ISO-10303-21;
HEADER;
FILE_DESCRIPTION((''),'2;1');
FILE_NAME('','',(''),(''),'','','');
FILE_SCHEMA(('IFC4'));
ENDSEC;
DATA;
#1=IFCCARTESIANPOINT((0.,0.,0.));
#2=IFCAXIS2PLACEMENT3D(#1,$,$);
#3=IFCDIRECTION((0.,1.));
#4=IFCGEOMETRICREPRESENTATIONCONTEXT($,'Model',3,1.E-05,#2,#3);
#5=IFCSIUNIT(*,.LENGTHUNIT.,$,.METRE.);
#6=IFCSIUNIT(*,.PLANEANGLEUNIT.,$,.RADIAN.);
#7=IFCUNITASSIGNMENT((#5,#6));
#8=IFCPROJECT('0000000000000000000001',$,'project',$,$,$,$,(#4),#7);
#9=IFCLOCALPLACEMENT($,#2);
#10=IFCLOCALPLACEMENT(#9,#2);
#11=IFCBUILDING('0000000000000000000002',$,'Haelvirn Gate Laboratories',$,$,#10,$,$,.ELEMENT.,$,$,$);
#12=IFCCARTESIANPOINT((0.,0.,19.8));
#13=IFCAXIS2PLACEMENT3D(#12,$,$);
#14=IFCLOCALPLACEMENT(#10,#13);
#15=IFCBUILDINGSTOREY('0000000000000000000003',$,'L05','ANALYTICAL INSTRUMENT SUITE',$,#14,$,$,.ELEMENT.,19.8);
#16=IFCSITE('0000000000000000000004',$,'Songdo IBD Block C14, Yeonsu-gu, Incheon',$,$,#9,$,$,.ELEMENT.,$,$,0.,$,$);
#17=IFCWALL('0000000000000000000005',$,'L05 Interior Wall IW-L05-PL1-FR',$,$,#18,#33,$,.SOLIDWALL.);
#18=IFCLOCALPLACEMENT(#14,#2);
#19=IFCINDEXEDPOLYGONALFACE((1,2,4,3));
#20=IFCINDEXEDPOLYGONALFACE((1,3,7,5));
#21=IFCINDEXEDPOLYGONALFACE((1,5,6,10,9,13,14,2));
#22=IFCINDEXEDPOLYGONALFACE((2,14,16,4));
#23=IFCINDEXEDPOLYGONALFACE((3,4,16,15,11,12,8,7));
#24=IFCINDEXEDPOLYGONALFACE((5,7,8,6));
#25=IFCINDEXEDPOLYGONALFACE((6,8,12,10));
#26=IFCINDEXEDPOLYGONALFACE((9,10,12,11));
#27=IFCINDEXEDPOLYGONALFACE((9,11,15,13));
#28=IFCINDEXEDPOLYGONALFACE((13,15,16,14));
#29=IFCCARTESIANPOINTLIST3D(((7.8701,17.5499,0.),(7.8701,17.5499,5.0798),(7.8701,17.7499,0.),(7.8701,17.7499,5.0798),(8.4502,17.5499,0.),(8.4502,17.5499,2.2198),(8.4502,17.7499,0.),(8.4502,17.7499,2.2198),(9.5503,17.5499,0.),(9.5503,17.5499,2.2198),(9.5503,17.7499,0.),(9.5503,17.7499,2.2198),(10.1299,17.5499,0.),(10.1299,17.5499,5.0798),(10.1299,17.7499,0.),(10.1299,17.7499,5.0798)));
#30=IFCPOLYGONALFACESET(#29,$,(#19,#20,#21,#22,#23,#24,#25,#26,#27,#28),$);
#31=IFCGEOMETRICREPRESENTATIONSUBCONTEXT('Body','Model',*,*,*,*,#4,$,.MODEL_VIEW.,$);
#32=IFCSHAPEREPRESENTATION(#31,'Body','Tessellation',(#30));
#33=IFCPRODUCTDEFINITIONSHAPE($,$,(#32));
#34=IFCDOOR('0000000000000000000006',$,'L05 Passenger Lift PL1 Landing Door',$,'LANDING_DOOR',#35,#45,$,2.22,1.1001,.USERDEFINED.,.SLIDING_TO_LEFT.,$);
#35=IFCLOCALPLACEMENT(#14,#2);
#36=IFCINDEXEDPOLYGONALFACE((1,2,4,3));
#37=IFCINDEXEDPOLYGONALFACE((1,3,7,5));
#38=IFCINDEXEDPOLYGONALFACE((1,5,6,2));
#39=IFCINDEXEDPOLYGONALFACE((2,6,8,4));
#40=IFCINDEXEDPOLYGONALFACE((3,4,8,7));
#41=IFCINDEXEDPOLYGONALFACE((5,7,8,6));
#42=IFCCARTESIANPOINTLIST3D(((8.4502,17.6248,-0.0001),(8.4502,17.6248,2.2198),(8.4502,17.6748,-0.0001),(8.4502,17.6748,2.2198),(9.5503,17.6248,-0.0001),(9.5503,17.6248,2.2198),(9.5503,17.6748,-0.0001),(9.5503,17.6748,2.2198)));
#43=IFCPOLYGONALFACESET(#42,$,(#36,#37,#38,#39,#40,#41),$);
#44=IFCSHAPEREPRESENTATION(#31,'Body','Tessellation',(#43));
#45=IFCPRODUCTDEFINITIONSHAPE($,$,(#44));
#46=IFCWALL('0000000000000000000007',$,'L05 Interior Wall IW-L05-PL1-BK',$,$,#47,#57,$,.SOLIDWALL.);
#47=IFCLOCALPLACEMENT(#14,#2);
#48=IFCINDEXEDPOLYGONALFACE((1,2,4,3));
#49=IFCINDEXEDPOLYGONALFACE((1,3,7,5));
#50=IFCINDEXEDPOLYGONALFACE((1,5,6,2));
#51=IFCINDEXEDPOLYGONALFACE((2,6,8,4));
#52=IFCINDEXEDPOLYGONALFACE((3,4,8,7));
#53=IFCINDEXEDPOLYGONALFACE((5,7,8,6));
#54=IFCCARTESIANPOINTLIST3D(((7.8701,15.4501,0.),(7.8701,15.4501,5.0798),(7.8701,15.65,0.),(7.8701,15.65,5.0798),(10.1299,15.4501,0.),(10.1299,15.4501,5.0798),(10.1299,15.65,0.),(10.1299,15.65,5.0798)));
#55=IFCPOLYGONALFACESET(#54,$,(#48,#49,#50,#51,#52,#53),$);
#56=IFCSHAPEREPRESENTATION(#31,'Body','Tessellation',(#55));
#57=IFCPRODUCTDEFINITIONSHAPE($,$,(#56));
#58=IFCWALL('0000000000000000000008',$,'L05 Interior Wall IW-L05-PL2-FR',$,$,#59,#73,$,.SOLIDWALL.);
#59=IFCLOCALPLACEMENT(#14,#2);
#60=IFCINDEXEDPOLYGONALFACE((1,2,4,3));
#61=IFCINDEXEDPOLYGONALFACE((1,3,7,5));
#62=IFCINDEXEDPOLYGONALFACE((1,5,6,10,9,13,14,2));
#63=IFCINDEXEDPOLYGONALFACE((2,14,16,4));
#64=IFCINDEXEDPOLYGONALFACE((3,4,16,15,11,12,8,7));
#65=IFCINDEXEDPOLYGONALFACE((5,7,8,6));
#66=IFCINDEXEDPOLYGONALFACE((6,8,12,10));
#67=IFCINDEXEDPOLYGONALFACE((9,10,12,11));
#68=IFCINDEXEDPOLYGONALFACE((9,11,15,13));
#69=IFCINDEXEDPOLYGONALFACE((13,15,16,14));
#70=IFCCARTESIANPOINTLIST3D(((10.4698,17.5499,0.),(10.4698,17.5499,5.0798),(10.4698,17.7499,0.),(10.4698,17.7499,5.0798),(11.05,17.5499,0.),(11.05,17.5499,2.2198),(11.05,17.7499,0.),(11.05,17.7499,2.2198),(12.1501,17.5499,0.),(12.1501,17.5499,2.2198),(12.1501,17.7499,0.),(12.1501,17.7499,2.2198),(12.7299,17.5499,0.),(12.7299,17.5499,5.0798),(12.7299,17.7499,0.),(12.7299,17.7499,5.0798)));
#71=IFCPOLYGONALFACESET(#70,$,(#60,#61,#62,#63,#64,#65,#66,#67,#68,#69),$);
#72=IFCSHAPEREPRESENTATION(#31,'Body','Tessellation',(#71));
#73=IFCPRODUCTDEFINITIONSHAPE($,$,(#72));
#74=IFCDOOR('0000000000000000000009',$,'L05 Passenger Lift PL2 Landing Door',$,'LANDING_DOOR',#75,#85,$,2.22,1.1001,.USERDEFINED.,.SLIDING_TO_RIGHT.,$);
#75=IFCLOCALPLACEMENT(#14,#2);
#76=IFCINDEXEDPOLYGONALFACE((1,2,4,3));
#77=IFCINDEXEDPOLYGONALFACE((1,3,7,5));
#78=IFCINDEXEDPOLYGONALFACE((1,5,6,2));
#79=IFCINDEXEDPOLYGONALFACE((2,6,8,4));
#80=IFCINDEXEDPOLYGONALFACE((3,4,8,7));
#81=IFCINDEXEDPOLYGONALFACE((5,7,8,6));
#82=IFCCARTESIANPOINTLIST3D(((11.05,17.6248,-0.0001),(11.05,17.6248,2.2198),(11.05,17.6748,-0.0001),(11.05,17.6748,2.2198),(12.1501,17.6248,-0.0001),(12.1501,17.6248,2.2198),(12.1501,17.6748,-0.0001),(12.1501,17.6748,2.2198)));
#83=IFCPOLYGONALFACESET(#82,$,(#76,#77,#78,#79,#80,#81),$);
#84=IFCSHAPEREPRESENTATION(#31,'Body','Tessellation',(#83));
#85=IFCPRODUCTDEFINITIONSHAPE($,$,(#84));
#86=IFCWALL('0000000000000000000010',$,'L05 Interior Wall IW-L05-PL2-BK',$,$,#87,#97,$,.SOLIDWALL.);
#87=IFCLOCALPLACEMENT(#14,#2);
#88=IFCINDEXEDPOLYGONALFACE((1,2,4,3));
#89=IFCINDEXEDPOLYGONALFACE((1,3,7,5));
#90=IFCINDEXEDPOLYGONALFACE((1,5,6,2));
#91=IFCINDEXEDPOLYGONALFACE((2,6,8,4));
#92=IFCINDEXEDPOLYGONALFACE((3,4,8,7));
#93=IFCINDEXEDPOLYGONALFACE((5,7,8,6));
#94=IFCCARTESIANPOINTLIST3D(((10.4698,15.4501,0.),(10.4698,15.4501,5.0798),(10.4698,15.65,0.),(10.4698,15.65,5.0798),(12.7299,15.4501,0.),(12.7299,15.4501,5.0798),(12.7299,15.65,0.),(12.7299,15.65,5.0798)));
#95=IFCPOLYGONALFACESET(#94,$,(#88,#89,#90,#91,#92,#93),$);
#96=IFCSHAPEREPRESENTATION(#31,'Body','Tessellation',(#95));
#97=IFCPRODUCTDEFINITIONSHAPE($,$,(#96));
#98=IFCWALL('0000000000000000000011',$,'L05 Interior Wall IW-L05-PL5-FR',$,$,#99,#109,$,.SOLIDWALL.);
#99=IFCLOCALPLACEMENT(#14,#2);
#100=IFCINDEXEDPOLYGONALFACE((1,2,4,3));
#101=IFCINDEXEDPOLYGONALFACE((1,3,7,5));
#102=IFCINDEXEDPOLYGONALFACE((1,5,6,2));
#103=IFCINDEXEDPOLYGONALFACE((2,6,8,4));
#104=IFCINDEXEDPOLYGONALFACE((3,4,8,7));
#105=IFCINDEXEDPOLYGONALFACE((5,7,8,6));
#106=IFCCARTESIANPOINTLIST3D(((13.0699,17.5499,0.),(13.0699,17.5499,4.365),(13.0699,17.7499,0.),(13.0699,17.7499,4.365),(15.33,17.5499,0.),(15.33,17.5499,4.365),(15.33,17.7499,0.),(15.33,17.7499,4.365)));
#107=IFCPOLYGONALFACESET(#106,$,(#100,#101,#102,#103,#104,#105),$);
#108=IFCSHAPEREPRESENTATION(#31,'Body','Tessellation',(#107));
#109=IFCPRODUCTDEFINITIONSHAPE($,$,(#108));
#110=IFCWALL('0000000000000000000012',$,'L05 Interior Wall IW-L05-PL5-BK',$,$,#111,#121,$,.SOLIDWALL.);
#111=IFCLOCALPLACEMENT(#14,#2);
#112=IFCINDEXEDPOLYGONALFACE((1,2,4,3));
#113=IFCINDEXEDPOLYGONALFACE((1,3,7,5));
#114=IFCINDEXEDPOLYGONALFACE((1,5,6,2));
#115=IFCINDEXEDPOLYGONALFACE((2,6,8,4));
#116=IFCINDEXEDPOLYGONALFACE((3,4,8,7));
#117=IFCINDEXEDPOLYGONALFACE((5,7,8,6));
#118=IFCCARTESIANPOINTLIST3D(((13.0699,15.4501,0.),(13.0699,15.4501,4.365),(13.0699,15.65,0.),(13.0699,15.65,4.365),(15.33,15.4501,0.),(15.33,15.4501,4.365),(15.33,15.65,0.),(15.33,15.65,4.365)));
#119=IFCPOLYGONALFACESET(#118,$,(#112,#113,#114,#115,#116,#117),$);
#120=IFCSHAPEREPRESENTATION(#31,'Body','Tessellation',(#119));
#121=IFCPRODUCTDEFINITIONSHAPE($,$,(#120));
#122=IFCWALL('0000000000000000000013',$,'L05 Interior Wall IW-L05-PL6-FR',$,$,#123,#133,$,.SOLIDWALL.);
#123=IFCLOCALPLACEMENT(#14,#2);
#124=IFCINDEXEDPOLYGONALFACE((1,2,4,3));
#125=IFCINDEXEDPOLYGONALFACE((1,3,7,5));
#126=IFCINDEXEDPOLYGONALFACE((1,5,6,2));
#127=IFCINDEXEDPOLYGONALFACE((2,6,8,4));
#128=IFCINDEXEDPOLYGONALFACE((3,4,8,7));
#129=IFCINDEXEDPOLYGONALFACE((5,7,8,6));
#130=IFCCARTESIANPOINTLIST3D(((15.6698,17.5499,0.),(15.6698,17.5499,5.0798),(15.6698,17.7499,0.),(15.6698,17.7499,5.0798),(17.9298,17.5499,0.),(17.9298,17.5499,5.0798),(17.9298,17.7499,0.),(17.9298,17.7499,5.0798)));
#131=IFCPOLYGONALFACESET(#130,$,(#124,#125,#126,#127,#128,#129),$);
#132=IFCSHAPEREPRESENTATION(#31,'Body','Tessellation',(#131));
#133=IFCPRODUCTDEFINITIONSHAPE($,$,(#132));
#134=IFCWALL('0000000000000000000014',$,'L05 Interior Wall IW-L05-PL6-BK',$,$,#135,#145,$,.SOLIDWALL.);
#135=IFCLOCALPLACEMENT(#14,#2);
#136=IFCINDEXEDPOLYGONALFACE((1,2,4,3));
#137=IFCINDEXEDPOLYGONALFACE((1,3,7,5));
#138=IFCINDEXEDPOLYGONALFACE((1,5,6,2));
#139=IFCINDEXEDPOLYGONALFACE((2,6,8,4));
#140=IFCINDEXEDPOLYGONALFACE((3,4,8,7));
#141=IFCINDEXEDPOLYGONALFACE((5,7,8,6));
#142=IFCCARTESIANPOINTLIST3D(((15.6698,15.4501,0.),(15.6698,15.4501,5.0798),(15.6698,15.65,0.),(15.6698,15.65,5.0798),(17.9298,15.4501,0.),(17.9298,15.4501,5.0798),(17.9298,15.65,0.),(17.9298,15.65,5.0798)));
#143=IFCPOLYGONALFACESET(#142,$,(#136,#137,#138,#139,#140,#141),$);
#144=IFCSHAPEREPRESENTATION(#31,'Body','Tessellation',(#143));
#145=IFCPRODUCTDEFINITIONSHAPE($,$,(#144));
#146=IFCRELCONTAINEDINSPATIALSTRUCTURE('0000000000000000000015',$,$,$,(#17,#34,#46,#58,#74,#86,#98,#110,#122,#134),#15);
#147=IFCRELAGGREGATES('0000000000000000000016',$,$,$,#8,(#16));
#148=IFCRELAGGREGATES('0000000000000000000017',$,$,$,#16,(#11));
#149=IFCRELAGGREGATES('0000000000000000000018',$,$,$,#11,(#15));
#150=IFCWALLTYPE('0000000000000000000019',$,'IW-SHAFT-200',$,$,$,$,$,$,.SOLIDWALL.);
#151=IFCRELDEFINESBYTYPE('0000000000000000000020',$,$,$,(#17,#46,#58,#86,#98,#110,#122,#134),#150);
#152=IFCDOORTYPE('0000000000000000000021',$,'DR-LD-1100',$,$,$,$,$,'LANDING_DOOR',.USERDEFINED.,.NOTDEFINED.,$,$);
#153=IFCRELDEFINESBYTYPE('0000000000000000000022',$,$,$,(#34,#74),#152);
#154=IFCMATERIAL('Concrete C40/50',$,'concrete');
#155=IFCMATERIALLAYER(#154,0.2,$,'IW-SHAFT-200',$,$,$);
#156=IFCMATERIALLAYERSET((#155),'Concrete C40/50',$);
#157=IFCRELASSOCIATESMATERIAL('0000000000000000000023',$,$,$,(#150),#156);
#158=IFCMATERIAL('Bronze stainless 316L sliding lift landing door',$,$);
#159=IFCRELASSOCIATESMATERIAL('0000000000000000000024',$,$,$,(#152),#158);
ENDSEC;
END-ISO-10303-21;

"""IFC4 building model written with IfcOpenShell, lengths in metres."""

from ifc_helpers import new_model, si_unit, direction, frame, frame_2d, origin, place, context, subcontext, project, spatial, rectangle, extrude, source, transform, mapped, material, layer, layer_set, type_object, type_shapes, element, fill, save


model = new_model("IFC4")

# Units and contexts
model_context = context("Model", 3, precision=1e-05, world=origin(), true_north=direction((0.0, 1.0)))
body_context = subcontext(model_context, "Body", "Model", "MODEL_VIEW")
ifc_project = project(units=[si_unit("LENGTHUNIT", "METRE"), si_unit("PLANEANGLEUNIT", "RADIAN")], contexts=[model_context])

# Site, building, storey
site_placement = place(None, origin())
site = spatial("IfcSite", under=ifc_project, at=site_placement, Name="Songdo IBD Block C14, Yeonsu-gu, Incheon", CompositionType="ELEMENT", RefElevation=0.0)
building_placement = place(site_placement, origin())
building = spatial("IfcBuilding", under=site, at=building_placement, Name="Haelvirn Gate Laboratories", CompositionType="ELEMENT")
storey_placement = place(building_placement, frame((0.0, 0.0, 19.8)))
storey = spatial("IfcBuildingStorey", under=building, at=storey_placement, Name="L05", Description="ANALYTICAL INSTRUMENT SUITE", CompositionType="ELEMENT", Elevation=19.8)

# Shared definitions
ifc_material_1 = material(Name="Concrete C40/50", Category="concrete")

# Wall, opening, door
ifc_layer_1 = layer(ifc_material_1, 0.2, Name="IW-SHAFT-200")
ifc_layer_set_1 = layer_set([ifc_layer_1], Name="Concrete C40/50")
wall_type_1 = type_object("IfcWallType", Name="IW-SHAFT-200", PredefinedType="SOLIDWALL", material=ifc_layer_set_1)
wall_1_placement = place(storey_placement, frame((7.8701, 17.6499, 0.0), z_axis=(0.0, 0.0, 1.0), x_axis=(1.0, 0.0, 0.0)))
wall_1 = element("IfcWall", 1, at=wall_1_placement, inside=storey, type_object=wall_type_1, Name="L05 Interior Wall IW-L05-PL1-FR", PredefinedType="SOLIDWALL", context=body_context, shape_type="SweptSolid", body=[
    extrude(rectangle(XDim=2.2598, YDim=0.2, at=frame_2d((1.1299, 0.0))), origin(), (0.0, 0.0, 1.0), 5.0798),
])
opening_1_placement = place(wall_1_placement, frame((0.5801, 0.0, 0.0)))
opening_1 = element("IfcOpeningElement", 2, at=opening_1_placement, cuts=wall_1, PredefinedType="OPENING", context=body_context, shape_type="SweptSolid", body=[
    extrude(rectangle(XDim=1.1001, YDim=2.22, at=frame_2d((0.55, 1.1099))), frame((0.0, 0.1099, 0.0), z_axis=(0.0, -1.0, 0.0), x_axis=(1.0, 0.0, 0.0)), (0.0, 0.0, 1.0), 0.22),
])
ifc_material_2 = material(Name="Bronze stainless 316L sliding lift landing door")
door_type = type_object("IfcDoorType", Name="DR-LD-1100", ElementType="LANDING_DOOR", OperationType="NOTDEFINED", PredefinedType="USERDEFINED", material=ifc_material_2)
shared_shape_1 = source(origin(), body_context, "Body", "SweptSolid", [
    extrude(rectangle(XDim=1.1001, YDim=2.22, at=frame_2d((0.55, 1.1099))), frame((0.0, 0.0249, 0.0), z_axis=(0.0, -1.0, 0.0), x_axis=(1.0, 0.0, 0.0)), (0.0, 0.0, 1.0), 0.05),
])
type_shapes(door_type, [shared_shape_1])
door_1_placement = place(opening_1_placement, origin())
door_1 = element("IfcDoor", 3, at=door_1_placement, inside=storey, type_object=door_type, Name="L05 Passenger Lift PL1 Landing Door", ObjectType="LANDING_DOOR", OperationType="SLIDING_TO_LEFT", OverallHeight=2.22, OverallWidth=1.1001, PredefinedType="USERDEFINED", context=body_context, shape_type="MappedRepresentation", body=[
    mapped(shared_shape_1, transform((0.0, 0.0, 0.0), scale=1.0)),
])
fill(opening_1, door_1)

# Wall
wall_2_placement = place(storey_placement, frame((7.8701, 15.55, 0.0), z_axis=(0.0, 0.0, 1.0), x_axis=(1.0, 0.0, 0.0)))
element("IfcWall", 4, at=wall_2_placement, inside=storey, type_object=wall_type_1, Name="L05 Interior Wall IW-L05-PL1-BK", PredefinedType="SOLIDWALL", context=body_context, shape_type="SweptSolid", body=[
    extrude(rectangle(XDim=2.2598, YDim=0.2, at=frame_2d((1.1299, 0.0))), origin(), (0.0, 0.0, 1.0), 5.0798),
])

# Wall, opening, door
wall_3_placement = place(storey_placement, frame((10.47, 17.6499, 0.0), z_axis=(0.0, 0.0, 1.0), x_axis=(1.0, 0.0, 0.0)))
wall_3 = element("IfcWall", 5, at=wall_3_placement, inside=storey, type_object=wall_type_1, Name="L05 Interior Wall IW-L05-PL2-FR", PredefinedType="SOLIDWALL", context=body_context, shape_type="SweptSolid", body=[
    extrude(rectangle(XDim=2.26, YDim=0.2, at=frame_2d((1.1299, 0.0))), origin(), (0.0, 0.0, 1.0), 5.0798),
])
opening_2_placement = place(wall_3_placement, frame((0.5801, 0.0, 0.0)))
opening_2 = element("IfcOpeningElement", 6, at=opening_2_placement, cuts=wall_3, PredefinedType="OPENING", context=body_context, shape_type="SweptSolid", body=[
    extrude(rectangle(XDim=1.1001, YDim=2.22, at=frame_2d((0.55, 1.1099))), frame((0.0, 0.1099, 0.0), z_axis=(0.0, -1.0, 0.0), x_axis=(1.0, 0.0, 0.0)), (0.0, 0.0, 1.0), 0.22),
])
door_2_placement = place(opening_2_placement, origin())
door_2 = element("IfcDoor", 7, at=door_2_placement, inside=storey, type_object=door_type, Name="L05 Passenger Lift PL2 Landing Door", ObjectType="LANDING_DOOR", OperationType="SLIDING_TO_RIGHT", OverallHeight=2.22, OverallWidth=1.1001, PredefinedType="USERDEFINED", context=body_context, shape_type="MappedRepresentation", body=[
    mapped(shared_shape_1, transform((0.0, 0.0, 0.0), scale=1.0)),
])
fill(opening_2, door_2)

# Walls
wall_4_placement = place(storey_placement, frame((10.47, 15.55, 0.0), z_axis=(0.0, 0.0, 1.0), x_axis=(1.0, 0.0, 0.0)))
element("IfcWall", 8, at=wall_4_placement, inside=storey, type_object=wall_type_1, Name="L05 Interior Wall IW-L05-PL2-BK", PredefinedType="SOLIDWALL", context=body_context, shape_type="SweptSolid", body=[
    extrude(rectangle(XDim=2.26, YDim=0.2, at=frame_2d((1.1299, 0.0))), origin(), (0.0, 0.0, 1.0), 5.0798),
])
for number, where, z_axis, x_axis, name in (
    (9, (13.0701, 17.6499, 0.0), (0.0, 0.0, 1.0), (1.0, 0.0, 0.0), "L05 Interior Wall IW-L05-PL5-FR"),
    (10, (13.0701, 15.55, 0.0), (0.0, 0.0, 1.0), (1.0, 0.0, 0.0), "L05 Interior Wall IW-L05-PL5-BK"),
):
    element("IfcWall", number, at=place(storey_placement, frame(where, z_axis=z_axis, x_axis=x_axis)), inside=storey, type_object=wall_type_1, Name=name, PredefinedType="SOLIDWALL", context=body_context, shape_type="SweptSolid", body=[
        extrude(rectangle(XDim=2.26, YDim=0.2, at=frame_2d((1.1299, 0.0))), origin(), (0.0, 0.0, 1.0), 4.365),
    ])
for number, where, z_axis, x_axis, name in (
    (11, (15.6699, 17.6499, 0.0), (0.0, 0.0, 1.0), (1.0, 0.0, 0.0), "L05 Interior Wall IW-L05-PL6-FR"),
    (12, (15.6699, 15.55, 0.0), (0.0, 0.0, 1.0), (1.0, 0.0, 0.0), "L05 Interior Wall IW-L05-PL6-BK"),
):
    element("IfcWall", number, at=place(storey_placement, frame(where, z_axis=z_axis, x_axis=x_axis)), inside=storey, type_object=wall_type_1, Name=name, PredefinedType="SOLIDWALL", context=body_context, shape_type="SweptSolid", body=[
        extrude(rectangle(XDim=2.26, YDim=0.2, at=frame_2d((1.1299, 0.0))), origin(), (0.0, 0.0, 1.0), 5.0798),
    ])

save(model, "model.ifc")
